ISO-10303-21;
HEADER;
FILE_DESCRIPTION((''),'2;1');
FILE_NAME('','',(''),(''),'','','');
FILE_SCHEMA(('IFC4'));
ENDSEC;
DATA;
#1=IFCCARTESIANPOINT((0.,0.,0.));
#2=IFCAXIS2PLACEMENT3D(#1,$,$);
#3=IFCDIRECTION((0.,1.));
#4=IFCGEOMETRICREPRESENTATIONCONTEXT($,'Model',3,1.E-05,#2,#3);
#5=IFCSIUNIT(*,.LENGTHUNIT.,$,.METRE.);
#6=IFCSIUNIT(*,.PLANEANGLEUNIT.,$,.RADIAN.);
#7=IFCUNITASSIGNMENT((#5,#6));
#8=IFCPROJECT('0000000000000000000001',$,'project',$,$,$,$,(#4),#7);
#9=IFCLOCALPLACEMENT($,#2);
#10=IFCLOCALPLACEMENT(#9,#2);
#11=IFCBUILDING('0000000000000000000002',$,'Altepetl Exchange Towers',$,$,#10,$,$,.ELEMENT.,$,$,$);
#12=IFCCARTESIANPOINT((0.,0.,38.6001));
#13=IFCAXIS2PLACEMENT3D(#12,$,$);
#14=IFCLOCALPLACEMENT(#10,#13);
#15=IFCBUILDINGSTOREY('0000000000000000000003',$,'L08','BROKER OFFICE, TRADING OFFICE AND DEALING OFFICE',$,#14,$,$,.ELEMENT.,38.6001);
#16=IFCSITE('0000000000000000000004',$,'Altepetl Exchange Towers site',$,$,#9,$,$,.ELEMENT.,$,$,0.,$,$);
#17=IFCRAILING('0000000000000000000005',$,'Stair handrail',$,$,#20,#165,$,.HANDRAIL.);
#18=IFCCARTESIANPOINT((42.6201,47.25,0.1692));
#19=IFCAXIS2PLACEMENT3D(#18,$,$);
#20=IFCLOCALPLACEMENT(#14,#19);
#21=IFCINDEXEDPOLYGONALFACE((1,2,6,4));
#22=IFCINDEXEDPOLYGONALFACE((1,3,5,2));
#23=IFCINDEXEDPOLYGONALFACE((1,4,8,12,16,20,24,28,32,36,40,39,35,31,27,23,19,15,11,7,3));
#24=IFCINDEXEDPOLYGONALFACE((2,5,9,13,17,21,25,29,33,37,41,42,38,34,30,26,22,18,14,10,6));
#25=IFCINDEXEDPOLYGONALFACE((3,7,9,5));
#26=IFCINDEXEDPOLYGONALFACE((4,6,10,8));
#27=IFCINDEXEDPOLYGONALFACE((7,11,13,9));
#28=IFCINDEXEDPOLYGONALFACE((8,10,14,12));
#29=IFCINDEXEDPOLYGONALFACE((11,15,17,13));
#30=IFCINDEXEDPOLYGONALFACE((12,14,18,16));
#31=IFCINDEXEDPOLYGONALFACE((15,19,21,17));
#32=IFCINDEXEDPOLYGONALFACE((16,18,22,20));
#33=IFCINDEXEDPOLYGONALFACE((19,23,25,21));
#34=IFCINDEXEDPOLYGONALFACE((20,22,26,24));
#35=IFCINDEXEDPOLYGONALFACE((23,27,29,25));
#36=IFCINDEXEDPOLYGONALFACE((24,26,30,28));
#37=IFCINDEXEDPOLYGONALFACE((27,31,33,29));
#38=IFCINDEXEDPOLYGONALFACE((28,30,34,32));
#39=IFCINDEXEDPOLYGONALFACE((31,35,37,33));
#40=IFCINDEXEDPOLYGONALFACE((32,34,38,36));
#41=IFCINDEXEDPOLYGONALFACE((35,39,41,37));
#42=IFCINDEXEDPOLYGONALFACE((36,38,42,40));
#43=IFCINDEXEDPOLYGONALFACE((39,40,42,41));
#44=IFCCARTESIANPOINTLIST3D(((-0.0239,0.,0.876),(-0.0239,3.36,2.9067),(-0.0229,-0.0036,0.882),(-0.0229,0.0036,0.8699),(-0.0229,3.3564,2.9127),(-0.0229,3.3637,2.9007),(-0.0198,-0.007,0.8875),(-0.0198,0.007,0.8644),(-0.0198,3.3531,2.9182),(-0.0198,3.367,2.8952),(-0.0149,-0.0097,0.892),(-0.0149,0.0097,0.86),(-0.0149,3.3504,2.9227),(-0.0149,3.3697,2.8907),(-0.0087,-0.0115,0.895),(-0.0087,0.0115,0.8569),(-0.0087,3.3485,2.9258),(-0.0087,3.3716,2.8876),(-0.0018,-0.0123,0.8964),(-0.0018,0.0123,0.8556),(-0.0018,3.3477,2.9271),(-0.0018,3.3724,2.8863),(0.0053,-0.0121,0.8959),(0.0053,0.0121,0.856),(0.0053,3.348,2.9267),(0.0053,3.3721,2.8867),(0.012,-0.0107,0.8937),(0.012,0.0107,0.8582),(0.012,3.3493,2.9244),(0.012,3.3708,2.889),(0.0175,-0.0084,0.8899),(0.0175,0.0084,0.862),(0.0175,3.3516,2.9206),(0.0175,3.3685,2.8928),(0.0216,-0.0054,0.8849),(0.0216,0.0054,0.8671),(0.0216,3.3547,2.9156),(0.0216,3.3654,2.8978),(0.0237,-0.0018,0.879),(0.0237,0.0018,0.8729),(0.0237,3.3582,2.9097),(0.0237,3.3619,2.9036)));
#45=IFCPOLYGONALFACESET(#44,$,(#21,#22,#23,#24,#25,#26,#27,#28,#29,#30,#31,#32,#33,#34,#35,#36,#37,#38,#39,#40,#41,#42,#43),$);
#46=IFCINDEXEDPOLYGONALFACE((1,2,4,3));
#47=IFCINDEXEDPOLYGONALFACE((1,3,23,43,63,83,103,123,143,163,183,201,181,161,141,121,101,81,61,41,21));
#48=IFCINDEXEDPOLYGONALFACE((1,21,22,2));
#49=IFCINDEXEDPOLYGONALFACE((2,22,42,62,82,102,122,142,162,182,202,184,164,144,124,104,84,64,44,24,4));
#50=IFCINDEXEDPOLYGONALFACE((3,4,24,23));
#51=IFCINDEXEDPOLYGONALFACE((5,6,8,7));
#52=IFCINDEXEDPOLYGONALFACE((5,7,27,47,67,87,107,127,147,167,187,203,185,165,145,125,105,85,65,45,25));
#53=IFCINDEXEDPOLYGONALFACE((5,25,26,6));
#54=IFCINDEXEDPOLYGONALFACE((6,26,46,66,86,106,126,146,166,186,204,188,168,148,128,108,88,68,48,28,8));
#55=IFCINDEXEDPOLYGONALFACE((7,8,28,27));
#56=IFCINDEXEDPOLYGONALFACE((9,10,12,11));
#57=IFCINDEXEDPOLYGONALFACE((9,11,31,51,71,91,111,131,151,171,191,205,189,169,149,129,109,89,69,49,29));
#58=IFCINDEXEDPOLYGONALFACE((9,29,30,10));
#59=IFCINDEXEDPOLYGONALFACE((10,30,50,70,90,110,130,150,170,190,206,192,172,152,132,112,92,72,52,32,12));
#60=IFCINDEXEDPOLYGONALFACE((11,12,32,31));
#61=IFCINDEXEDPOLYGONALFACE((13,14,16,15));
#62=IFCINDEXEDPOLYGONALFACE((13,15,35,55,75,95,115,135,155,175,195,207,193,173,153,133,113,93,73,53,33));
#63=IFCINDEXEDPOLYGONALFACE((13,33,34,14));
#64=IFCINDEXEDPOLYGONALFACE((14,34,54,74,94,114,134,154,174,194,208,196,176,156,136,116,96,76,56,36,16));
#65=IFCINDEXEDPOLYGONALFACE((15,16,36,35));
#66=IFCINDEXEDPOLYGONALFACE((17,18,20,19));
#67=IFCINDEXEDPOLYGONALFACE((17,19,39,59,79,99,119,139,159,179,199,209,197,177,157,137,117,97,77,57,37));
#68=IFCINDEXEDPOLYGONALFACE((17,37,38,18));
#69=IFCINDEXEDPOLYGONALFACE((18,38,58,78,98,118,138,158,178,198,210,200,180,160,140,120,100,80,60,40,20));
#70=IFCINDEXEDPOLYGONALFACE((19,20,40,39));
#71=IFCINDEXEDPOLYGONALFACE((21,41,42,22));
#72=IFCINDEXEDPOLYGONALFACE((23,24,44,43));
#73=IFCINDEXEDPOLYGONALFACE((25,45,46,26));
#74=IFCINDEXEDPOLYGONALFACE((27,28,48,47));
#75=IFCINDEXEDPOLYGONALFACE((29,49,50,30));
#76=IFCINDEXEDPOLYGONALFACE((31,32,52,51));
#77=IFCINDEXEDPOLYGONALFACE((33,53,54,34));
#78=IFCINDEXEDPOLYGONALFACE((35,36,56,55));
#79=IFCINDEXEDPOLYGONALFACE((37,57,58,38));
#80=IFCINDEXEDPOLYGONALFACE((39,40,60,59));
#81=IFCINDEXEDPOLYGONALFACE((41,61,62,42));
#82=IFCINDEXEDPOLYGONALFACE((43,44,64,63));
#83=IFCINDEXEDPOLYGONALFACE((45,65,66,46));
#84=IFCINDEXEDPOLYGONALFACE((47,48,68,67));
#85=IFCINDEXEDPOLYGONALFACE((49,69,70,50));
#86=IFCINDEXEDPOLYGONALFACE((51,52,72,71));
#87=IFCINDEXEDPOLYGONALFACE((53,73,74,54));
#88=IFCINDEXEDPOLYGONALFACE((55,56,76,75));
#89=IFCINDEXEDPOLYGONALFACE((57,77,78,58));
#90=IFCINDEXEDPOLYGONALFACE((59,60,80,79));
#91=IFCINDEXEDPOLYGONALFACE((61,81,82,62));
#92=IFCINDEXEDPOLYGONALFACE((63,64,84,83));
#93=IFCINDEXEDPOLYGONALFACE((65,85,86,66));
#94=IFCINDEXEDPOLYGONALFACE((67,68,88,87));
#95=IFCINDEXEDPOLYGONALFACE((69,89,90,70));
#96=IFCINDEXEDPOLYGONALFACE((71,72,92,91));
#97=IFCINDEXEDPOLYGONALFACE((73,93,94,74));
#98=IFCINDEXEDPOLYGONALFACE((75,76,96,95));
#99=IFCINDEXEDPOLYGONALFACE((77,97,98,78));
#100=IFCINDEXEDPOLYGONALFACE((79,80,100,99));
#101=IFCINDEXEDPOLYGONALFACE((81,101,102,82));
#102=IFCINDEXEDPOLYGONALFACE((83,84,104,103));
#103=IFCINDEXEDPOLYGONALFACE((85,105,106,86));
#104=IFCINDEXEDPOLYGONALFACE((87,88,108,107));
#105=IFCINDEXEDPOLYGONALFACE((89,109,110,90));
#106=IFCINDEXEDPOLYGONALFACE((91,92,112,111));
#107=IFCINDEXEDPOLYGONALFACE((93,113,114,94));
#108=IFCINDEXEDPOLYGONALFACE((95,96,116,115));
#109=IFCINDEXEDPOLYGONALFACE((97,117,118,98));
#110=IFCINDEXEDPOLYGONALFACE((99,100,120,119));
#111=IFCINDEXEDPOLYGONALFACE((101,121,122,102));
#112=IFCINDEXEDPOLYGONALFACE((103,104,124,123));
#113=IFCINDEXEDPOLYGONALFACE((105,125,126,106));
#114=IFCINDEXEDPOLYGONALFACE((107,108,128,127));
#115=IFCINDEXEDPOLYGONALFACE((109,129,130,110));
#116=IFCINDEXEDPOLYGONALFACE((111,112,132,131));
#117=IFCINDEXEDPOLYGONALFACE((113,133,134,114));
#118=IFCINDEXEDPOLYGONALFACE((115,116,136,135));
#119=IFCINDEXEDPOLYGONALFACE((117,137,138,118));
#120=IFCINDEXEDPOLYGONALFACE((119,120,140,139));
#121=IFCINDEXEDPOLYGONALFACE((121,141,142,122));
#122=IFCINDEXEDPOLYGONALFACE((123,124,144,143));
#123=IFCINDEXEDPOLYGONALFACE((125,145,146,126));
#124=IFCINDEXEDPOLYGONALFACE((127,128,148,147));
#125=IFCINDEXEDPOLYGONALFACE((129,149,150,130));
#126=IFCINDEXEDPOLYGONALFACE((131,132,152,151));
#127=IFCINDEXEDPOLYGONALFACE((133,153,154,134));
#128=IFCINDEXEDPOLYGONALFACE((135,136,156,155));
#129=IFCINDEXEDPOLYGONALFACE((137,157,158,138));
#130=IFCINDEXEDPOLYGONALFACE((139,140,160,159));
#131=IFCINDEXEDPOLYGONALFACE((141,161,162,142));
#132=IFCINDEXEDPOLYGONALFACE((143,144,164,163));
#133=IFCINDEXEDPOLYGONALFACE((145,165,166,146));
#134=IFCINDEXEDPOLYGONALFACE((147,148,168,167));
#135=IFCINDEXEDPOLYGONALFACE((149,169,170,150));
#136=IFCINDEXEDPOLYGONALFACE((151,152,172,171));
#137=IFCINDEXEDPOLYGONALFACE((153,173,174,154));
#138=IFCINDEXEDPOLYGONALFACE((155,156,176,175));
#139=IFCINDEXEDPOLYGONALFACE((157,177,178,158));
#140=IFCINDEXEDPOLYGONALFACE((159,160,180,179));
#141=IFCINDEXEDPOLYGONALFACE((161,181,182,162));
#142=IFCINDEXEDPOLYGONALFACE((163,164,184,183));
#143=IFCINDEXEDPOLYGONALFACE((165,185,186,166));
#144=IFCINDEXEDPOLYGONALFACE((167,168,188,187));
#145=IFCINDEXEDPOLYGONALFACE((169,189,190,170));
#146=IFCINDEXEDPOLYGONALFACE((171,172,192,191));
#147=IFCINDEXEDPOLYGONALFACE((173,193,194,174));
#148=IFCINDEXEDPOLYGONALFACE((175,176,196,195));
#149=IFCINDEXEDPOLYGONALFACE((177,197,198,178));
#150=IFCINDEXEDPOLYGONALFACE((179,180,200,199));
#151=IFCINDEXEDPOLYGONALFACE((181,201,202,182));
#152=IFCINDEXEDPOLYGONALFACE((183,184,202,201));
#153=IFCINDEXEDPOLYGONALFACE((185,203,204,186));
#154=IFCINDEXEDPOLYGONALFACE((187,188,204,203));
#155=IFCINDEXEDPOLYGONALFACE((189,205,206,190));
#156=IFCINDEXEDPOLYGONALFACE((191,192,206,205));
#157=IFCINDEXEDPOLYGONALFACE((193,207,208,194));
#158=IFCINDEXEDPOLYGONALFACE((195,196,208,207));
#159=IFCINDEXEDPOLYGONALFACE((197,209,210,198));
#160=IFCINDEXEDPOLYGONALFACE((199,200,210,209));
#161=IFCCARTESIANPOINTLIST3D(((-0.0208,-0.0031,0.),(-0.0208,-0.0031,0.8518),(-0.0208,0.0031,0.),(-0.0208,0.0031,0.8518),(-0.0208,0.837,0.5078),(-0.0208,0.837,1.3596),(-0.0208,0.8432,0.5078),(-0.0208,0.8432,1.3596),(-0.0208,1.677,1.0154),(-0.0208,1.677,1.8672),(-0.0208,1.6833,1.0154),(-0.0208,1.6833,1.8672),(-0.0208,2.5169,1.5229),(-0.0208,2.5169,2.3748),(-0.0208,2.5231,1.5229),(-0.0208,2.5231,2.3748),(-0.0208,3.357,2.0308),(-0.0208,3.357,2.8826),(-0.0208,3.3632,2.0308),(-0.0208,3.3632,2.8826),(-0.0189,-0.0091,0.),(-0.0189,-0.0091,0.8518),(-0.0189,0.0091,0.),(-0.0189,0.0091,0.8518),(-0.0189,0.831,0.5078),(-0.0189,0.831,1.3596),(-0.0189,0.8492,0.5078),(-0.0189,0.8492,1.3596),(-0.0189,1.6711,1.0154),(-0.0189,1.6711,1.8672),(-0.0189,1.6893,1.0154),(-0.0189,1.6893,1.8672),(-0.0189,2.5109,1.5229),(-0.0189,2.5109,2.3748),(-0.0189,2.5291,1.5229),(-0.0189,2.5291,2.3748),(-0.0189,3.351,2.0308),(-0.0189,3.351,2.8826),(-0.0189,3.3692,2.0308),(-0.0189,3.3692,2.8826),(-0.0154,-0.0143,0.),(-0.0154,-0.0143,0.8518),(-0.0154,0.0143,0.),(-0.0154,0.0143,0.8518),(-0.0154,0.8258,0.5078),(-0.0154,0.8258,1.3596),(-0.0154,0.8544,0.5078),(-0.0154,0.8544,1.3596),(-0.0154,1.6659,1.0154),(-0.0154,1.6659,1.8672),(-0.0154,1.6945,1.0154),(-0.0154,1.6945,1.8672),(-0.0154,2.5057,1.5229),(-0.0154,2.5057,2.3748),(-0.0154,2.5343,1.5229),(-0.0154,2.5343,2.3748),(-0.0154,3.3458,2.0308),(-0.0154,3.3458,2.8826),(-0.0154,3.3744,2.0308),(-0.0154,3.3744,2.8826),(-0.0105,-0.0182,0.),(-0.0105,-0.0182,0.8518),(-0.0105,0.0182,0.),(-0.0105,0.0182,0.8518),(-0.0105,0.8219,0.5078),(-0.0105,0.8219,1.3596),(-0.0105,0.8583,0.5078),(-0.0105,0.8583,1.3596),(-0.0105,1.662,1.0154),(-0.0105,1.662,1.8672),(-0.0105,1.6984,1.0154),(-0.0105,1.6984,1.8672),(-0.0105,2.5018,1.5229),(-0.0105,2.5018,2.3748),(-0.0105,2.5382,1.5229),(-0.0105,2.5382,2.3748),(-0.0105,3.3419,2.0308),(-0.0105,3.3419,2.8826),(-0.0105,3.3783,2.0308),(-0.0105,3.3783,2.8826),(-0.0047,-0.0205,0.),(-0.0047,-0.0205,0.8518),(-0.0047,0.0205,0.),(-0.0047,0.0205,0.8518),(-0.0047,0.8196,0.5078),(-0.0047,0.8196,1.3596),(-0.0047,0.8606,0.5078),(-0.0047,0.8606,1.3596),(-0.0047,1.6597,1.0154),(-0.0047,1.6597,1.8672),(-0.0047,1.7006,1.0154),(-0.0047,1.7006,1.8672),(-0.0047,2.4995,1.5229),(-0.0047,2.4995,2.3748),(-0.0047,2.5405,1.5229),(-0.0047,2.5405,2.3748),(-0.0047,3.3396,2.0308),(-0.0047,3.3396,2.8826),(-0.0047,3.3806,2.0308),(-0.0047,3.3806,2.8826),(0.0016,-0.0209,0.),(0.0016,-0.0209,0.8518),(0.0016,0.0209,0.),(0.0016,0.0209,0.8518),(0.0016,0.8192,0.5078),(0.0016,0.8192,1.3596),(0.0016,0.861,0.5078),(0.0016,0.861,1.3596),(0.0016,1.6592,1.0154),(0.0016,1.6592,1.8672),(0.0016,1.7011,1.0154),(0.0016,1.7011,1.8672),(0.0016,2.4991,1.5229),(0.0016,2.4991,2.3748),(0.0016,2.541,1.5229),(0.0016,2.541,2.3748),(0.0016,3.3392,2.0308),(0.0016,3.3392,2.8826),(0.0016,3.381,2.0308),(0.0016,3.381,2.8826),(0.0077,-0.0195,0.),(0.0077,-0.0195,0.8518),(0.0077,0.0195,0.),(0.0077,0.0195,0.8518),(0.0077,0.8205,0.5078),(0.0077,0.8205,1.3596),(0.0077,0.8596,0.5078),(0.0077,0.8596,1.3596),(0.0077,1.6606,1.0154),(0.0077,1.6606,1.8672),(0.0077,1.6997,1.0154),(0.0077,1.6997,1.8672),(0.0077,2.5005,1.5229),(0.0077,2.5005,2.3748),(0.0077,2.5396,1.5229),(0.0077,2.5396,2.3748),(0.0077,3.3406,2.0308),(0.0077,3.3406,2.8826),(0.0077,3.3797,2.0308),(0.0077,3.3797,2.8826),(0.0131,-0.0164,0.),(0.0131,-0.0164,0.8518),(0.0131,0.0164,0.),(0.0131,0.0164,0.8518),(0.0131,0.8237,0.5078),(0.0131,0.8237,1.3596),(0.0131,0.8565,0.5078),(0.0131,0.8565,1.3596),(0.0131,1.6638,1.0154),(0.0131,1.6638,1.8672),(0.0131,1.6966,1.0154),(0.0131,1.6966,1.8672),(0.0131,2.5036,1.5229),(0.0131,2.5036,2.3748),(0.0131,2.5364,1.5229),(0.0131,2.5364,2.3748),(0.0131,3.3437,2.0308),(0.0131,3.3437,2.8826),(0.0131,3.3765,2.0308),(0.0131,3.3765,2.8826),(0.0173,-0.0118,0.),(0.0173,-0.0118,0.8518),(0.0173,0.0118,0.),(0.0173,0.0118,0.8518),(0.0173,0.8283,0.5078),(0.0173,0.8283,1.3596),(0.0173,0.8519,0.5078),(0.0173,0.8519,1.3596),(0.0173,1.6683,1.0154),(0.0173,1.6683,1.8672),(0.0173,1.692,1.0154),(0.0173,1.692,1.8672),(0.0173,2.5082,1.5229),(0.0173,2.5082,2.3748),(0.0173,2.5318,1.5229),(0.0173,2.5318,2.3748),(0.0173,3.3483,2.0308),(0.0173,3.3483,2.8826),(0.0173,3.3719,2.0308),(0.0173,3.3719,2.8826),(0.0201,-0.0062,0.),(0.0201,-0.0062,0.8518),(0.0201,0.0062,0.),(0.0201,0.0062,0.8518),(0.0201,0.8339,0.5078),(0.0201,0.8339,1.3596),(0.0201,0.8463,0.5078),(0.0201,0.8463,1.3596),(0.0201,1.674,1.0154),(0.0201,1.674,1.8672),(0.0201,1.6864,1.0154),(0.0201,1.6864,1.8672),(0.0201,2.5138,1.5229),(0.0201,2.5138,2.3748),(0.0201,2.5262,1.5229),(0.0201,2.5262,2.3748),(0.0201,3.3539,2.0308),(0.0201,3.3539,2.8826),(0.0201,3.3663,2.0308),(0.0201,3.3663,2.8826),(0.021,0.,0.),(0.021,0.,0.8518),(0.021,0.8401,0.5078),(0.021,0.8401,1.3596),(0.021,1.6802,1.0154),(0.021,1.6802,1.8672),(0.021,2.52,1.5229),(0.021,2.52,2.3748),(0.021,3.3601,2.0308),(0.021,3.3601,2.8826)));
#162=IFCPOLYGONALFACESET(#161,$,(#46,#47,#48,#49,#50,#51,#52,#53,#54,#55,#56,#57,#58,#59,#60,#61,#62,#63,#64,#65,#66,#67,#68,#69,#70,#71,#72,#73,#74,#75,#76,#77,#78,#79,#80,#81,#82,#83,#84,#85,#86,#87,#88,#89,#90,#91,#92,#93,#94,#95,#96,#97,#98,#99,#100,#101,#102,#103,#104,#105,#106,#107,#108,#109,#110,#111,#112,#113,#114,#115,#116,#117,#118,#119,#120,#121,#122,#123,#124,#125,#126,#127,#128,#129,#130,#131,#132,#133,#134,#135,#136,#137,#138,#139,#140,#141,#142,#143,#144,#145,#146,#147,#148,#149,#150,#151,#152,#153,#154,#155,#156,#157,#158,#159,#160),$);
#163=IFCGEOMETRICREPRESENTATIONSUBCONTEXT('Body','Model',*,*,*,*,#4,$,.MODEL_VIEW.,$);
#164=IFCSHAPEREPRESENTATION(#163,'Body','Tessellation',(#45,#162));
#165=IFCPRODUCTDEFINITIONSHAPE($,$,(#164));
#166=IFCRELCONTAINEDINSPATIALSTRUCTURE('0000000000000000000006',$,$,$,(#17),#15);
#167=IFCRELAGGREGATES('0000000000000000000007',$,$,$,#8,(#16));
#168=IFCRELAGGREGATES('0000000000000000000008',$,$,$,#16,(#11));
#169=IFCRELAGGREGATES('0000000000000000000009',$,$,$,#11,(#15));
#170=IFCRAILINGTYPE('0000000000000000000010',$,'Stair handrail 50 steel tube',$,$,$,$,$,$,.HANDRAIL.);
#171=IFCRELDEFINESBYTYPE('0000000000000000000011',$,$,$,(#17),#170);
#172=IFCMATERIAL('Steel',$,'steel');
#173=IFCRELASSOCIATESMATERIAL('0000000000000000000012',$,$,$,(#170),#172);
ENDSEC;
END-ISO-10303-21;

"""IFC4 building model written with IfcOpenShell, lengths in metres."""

from ifc_helpers import new_model, si_unit, direction, frame, origin, origin_2d, place, context, subcontext, project, spatial, circle, extrude, source, transform, mapped, material, type_object, element, save


model = new_model("IFC4")

# Units and contexts
model_context = context("Model", 3, precision=1e-05, world=origin(), true_north=direction((0.0, 1.0)))
body_context = subcontext(model_context, "Body", "Model", "MODEL_VIEW")
ifc_project = project(units=[si_unit("LENGTHUNIT", "METRE"), si_unit("PLANEANGLEUNIT", "RADIAN")], contexts=[model_context])

# Site, building, storey
site_placement = place(None, origin())
site = spatial("IfcSite", under=ifc_project, at=site_placement, Name="Altepetl Exchange Towers site", CompositionType="ELEMENT", RefElevation=0.0)
building_placement = place(site_placement, origin())
building = spatial("IfcBuilding", under=site, at=building_placement, Name="Altepetl Exchange Towers", CompositionType="ELEMENT")
storey_placement = place(building_placement, frame((0.0, 0.0, 38.6001)))
storey = spatial("IfcBuildingStorey", under=building, at=storey_placement, Name="L08", Description="BROKER OFFICE, TRADING OFFICE AND DEALING OFFICE", CompositionType="ELEMENT", Elevation=38.6001)

# Railing
ifc_material_1 = material(Name="Steel", Category="steel")
railing_type = type_object("IfcRailingType", Name="Stair handrail 50 steel tube", PredefinedType="HANDRAIL", material=ifc_material_1)
shared_shape = source(origin(), body_context, "Body", "SweptSolid", [
    extrude(circle(Radius=0.021, at=origin_2d()), origin(), (0.0, 0.0, 1.0), 0.8518),
])
railing_1_placement = place(storey_placement, frame((42.6201, 47.25, 0.1692)))
element("IfcRailing", 1, at=railing_1_placement, inside=storey, type_object=railing_type, Name="Stair handrail", PredefinedType="HANDRAIL", context=body_context, shape_type="SweptSolid", body=[
    extrude(circle(Radius=0.0239, at=origin_2d()), frame((0.0, 0.0, 0.876), z_axis=(0.0, 0.855837, 0.517246), x_axis=(-1.0, 0.0, 0.0)), (0.0, 0.0, 1.0), 3.926),
    mapped(shared_shape, transform((0.0, 0.0, 0.0))),
    mapped(shared_shape, transform((0.0, 0.8401, 0.5078))),
    mapped(shared_shape, transform((0.0, 1.6802, 1.0154))),
    mapped(shared_shape, transform((0.0, 2.52, 1.5229))),
    mapped(shared_shape, transform((0.0, 3.3601, 2.0308))),
])

save(model, "model.ifc")
